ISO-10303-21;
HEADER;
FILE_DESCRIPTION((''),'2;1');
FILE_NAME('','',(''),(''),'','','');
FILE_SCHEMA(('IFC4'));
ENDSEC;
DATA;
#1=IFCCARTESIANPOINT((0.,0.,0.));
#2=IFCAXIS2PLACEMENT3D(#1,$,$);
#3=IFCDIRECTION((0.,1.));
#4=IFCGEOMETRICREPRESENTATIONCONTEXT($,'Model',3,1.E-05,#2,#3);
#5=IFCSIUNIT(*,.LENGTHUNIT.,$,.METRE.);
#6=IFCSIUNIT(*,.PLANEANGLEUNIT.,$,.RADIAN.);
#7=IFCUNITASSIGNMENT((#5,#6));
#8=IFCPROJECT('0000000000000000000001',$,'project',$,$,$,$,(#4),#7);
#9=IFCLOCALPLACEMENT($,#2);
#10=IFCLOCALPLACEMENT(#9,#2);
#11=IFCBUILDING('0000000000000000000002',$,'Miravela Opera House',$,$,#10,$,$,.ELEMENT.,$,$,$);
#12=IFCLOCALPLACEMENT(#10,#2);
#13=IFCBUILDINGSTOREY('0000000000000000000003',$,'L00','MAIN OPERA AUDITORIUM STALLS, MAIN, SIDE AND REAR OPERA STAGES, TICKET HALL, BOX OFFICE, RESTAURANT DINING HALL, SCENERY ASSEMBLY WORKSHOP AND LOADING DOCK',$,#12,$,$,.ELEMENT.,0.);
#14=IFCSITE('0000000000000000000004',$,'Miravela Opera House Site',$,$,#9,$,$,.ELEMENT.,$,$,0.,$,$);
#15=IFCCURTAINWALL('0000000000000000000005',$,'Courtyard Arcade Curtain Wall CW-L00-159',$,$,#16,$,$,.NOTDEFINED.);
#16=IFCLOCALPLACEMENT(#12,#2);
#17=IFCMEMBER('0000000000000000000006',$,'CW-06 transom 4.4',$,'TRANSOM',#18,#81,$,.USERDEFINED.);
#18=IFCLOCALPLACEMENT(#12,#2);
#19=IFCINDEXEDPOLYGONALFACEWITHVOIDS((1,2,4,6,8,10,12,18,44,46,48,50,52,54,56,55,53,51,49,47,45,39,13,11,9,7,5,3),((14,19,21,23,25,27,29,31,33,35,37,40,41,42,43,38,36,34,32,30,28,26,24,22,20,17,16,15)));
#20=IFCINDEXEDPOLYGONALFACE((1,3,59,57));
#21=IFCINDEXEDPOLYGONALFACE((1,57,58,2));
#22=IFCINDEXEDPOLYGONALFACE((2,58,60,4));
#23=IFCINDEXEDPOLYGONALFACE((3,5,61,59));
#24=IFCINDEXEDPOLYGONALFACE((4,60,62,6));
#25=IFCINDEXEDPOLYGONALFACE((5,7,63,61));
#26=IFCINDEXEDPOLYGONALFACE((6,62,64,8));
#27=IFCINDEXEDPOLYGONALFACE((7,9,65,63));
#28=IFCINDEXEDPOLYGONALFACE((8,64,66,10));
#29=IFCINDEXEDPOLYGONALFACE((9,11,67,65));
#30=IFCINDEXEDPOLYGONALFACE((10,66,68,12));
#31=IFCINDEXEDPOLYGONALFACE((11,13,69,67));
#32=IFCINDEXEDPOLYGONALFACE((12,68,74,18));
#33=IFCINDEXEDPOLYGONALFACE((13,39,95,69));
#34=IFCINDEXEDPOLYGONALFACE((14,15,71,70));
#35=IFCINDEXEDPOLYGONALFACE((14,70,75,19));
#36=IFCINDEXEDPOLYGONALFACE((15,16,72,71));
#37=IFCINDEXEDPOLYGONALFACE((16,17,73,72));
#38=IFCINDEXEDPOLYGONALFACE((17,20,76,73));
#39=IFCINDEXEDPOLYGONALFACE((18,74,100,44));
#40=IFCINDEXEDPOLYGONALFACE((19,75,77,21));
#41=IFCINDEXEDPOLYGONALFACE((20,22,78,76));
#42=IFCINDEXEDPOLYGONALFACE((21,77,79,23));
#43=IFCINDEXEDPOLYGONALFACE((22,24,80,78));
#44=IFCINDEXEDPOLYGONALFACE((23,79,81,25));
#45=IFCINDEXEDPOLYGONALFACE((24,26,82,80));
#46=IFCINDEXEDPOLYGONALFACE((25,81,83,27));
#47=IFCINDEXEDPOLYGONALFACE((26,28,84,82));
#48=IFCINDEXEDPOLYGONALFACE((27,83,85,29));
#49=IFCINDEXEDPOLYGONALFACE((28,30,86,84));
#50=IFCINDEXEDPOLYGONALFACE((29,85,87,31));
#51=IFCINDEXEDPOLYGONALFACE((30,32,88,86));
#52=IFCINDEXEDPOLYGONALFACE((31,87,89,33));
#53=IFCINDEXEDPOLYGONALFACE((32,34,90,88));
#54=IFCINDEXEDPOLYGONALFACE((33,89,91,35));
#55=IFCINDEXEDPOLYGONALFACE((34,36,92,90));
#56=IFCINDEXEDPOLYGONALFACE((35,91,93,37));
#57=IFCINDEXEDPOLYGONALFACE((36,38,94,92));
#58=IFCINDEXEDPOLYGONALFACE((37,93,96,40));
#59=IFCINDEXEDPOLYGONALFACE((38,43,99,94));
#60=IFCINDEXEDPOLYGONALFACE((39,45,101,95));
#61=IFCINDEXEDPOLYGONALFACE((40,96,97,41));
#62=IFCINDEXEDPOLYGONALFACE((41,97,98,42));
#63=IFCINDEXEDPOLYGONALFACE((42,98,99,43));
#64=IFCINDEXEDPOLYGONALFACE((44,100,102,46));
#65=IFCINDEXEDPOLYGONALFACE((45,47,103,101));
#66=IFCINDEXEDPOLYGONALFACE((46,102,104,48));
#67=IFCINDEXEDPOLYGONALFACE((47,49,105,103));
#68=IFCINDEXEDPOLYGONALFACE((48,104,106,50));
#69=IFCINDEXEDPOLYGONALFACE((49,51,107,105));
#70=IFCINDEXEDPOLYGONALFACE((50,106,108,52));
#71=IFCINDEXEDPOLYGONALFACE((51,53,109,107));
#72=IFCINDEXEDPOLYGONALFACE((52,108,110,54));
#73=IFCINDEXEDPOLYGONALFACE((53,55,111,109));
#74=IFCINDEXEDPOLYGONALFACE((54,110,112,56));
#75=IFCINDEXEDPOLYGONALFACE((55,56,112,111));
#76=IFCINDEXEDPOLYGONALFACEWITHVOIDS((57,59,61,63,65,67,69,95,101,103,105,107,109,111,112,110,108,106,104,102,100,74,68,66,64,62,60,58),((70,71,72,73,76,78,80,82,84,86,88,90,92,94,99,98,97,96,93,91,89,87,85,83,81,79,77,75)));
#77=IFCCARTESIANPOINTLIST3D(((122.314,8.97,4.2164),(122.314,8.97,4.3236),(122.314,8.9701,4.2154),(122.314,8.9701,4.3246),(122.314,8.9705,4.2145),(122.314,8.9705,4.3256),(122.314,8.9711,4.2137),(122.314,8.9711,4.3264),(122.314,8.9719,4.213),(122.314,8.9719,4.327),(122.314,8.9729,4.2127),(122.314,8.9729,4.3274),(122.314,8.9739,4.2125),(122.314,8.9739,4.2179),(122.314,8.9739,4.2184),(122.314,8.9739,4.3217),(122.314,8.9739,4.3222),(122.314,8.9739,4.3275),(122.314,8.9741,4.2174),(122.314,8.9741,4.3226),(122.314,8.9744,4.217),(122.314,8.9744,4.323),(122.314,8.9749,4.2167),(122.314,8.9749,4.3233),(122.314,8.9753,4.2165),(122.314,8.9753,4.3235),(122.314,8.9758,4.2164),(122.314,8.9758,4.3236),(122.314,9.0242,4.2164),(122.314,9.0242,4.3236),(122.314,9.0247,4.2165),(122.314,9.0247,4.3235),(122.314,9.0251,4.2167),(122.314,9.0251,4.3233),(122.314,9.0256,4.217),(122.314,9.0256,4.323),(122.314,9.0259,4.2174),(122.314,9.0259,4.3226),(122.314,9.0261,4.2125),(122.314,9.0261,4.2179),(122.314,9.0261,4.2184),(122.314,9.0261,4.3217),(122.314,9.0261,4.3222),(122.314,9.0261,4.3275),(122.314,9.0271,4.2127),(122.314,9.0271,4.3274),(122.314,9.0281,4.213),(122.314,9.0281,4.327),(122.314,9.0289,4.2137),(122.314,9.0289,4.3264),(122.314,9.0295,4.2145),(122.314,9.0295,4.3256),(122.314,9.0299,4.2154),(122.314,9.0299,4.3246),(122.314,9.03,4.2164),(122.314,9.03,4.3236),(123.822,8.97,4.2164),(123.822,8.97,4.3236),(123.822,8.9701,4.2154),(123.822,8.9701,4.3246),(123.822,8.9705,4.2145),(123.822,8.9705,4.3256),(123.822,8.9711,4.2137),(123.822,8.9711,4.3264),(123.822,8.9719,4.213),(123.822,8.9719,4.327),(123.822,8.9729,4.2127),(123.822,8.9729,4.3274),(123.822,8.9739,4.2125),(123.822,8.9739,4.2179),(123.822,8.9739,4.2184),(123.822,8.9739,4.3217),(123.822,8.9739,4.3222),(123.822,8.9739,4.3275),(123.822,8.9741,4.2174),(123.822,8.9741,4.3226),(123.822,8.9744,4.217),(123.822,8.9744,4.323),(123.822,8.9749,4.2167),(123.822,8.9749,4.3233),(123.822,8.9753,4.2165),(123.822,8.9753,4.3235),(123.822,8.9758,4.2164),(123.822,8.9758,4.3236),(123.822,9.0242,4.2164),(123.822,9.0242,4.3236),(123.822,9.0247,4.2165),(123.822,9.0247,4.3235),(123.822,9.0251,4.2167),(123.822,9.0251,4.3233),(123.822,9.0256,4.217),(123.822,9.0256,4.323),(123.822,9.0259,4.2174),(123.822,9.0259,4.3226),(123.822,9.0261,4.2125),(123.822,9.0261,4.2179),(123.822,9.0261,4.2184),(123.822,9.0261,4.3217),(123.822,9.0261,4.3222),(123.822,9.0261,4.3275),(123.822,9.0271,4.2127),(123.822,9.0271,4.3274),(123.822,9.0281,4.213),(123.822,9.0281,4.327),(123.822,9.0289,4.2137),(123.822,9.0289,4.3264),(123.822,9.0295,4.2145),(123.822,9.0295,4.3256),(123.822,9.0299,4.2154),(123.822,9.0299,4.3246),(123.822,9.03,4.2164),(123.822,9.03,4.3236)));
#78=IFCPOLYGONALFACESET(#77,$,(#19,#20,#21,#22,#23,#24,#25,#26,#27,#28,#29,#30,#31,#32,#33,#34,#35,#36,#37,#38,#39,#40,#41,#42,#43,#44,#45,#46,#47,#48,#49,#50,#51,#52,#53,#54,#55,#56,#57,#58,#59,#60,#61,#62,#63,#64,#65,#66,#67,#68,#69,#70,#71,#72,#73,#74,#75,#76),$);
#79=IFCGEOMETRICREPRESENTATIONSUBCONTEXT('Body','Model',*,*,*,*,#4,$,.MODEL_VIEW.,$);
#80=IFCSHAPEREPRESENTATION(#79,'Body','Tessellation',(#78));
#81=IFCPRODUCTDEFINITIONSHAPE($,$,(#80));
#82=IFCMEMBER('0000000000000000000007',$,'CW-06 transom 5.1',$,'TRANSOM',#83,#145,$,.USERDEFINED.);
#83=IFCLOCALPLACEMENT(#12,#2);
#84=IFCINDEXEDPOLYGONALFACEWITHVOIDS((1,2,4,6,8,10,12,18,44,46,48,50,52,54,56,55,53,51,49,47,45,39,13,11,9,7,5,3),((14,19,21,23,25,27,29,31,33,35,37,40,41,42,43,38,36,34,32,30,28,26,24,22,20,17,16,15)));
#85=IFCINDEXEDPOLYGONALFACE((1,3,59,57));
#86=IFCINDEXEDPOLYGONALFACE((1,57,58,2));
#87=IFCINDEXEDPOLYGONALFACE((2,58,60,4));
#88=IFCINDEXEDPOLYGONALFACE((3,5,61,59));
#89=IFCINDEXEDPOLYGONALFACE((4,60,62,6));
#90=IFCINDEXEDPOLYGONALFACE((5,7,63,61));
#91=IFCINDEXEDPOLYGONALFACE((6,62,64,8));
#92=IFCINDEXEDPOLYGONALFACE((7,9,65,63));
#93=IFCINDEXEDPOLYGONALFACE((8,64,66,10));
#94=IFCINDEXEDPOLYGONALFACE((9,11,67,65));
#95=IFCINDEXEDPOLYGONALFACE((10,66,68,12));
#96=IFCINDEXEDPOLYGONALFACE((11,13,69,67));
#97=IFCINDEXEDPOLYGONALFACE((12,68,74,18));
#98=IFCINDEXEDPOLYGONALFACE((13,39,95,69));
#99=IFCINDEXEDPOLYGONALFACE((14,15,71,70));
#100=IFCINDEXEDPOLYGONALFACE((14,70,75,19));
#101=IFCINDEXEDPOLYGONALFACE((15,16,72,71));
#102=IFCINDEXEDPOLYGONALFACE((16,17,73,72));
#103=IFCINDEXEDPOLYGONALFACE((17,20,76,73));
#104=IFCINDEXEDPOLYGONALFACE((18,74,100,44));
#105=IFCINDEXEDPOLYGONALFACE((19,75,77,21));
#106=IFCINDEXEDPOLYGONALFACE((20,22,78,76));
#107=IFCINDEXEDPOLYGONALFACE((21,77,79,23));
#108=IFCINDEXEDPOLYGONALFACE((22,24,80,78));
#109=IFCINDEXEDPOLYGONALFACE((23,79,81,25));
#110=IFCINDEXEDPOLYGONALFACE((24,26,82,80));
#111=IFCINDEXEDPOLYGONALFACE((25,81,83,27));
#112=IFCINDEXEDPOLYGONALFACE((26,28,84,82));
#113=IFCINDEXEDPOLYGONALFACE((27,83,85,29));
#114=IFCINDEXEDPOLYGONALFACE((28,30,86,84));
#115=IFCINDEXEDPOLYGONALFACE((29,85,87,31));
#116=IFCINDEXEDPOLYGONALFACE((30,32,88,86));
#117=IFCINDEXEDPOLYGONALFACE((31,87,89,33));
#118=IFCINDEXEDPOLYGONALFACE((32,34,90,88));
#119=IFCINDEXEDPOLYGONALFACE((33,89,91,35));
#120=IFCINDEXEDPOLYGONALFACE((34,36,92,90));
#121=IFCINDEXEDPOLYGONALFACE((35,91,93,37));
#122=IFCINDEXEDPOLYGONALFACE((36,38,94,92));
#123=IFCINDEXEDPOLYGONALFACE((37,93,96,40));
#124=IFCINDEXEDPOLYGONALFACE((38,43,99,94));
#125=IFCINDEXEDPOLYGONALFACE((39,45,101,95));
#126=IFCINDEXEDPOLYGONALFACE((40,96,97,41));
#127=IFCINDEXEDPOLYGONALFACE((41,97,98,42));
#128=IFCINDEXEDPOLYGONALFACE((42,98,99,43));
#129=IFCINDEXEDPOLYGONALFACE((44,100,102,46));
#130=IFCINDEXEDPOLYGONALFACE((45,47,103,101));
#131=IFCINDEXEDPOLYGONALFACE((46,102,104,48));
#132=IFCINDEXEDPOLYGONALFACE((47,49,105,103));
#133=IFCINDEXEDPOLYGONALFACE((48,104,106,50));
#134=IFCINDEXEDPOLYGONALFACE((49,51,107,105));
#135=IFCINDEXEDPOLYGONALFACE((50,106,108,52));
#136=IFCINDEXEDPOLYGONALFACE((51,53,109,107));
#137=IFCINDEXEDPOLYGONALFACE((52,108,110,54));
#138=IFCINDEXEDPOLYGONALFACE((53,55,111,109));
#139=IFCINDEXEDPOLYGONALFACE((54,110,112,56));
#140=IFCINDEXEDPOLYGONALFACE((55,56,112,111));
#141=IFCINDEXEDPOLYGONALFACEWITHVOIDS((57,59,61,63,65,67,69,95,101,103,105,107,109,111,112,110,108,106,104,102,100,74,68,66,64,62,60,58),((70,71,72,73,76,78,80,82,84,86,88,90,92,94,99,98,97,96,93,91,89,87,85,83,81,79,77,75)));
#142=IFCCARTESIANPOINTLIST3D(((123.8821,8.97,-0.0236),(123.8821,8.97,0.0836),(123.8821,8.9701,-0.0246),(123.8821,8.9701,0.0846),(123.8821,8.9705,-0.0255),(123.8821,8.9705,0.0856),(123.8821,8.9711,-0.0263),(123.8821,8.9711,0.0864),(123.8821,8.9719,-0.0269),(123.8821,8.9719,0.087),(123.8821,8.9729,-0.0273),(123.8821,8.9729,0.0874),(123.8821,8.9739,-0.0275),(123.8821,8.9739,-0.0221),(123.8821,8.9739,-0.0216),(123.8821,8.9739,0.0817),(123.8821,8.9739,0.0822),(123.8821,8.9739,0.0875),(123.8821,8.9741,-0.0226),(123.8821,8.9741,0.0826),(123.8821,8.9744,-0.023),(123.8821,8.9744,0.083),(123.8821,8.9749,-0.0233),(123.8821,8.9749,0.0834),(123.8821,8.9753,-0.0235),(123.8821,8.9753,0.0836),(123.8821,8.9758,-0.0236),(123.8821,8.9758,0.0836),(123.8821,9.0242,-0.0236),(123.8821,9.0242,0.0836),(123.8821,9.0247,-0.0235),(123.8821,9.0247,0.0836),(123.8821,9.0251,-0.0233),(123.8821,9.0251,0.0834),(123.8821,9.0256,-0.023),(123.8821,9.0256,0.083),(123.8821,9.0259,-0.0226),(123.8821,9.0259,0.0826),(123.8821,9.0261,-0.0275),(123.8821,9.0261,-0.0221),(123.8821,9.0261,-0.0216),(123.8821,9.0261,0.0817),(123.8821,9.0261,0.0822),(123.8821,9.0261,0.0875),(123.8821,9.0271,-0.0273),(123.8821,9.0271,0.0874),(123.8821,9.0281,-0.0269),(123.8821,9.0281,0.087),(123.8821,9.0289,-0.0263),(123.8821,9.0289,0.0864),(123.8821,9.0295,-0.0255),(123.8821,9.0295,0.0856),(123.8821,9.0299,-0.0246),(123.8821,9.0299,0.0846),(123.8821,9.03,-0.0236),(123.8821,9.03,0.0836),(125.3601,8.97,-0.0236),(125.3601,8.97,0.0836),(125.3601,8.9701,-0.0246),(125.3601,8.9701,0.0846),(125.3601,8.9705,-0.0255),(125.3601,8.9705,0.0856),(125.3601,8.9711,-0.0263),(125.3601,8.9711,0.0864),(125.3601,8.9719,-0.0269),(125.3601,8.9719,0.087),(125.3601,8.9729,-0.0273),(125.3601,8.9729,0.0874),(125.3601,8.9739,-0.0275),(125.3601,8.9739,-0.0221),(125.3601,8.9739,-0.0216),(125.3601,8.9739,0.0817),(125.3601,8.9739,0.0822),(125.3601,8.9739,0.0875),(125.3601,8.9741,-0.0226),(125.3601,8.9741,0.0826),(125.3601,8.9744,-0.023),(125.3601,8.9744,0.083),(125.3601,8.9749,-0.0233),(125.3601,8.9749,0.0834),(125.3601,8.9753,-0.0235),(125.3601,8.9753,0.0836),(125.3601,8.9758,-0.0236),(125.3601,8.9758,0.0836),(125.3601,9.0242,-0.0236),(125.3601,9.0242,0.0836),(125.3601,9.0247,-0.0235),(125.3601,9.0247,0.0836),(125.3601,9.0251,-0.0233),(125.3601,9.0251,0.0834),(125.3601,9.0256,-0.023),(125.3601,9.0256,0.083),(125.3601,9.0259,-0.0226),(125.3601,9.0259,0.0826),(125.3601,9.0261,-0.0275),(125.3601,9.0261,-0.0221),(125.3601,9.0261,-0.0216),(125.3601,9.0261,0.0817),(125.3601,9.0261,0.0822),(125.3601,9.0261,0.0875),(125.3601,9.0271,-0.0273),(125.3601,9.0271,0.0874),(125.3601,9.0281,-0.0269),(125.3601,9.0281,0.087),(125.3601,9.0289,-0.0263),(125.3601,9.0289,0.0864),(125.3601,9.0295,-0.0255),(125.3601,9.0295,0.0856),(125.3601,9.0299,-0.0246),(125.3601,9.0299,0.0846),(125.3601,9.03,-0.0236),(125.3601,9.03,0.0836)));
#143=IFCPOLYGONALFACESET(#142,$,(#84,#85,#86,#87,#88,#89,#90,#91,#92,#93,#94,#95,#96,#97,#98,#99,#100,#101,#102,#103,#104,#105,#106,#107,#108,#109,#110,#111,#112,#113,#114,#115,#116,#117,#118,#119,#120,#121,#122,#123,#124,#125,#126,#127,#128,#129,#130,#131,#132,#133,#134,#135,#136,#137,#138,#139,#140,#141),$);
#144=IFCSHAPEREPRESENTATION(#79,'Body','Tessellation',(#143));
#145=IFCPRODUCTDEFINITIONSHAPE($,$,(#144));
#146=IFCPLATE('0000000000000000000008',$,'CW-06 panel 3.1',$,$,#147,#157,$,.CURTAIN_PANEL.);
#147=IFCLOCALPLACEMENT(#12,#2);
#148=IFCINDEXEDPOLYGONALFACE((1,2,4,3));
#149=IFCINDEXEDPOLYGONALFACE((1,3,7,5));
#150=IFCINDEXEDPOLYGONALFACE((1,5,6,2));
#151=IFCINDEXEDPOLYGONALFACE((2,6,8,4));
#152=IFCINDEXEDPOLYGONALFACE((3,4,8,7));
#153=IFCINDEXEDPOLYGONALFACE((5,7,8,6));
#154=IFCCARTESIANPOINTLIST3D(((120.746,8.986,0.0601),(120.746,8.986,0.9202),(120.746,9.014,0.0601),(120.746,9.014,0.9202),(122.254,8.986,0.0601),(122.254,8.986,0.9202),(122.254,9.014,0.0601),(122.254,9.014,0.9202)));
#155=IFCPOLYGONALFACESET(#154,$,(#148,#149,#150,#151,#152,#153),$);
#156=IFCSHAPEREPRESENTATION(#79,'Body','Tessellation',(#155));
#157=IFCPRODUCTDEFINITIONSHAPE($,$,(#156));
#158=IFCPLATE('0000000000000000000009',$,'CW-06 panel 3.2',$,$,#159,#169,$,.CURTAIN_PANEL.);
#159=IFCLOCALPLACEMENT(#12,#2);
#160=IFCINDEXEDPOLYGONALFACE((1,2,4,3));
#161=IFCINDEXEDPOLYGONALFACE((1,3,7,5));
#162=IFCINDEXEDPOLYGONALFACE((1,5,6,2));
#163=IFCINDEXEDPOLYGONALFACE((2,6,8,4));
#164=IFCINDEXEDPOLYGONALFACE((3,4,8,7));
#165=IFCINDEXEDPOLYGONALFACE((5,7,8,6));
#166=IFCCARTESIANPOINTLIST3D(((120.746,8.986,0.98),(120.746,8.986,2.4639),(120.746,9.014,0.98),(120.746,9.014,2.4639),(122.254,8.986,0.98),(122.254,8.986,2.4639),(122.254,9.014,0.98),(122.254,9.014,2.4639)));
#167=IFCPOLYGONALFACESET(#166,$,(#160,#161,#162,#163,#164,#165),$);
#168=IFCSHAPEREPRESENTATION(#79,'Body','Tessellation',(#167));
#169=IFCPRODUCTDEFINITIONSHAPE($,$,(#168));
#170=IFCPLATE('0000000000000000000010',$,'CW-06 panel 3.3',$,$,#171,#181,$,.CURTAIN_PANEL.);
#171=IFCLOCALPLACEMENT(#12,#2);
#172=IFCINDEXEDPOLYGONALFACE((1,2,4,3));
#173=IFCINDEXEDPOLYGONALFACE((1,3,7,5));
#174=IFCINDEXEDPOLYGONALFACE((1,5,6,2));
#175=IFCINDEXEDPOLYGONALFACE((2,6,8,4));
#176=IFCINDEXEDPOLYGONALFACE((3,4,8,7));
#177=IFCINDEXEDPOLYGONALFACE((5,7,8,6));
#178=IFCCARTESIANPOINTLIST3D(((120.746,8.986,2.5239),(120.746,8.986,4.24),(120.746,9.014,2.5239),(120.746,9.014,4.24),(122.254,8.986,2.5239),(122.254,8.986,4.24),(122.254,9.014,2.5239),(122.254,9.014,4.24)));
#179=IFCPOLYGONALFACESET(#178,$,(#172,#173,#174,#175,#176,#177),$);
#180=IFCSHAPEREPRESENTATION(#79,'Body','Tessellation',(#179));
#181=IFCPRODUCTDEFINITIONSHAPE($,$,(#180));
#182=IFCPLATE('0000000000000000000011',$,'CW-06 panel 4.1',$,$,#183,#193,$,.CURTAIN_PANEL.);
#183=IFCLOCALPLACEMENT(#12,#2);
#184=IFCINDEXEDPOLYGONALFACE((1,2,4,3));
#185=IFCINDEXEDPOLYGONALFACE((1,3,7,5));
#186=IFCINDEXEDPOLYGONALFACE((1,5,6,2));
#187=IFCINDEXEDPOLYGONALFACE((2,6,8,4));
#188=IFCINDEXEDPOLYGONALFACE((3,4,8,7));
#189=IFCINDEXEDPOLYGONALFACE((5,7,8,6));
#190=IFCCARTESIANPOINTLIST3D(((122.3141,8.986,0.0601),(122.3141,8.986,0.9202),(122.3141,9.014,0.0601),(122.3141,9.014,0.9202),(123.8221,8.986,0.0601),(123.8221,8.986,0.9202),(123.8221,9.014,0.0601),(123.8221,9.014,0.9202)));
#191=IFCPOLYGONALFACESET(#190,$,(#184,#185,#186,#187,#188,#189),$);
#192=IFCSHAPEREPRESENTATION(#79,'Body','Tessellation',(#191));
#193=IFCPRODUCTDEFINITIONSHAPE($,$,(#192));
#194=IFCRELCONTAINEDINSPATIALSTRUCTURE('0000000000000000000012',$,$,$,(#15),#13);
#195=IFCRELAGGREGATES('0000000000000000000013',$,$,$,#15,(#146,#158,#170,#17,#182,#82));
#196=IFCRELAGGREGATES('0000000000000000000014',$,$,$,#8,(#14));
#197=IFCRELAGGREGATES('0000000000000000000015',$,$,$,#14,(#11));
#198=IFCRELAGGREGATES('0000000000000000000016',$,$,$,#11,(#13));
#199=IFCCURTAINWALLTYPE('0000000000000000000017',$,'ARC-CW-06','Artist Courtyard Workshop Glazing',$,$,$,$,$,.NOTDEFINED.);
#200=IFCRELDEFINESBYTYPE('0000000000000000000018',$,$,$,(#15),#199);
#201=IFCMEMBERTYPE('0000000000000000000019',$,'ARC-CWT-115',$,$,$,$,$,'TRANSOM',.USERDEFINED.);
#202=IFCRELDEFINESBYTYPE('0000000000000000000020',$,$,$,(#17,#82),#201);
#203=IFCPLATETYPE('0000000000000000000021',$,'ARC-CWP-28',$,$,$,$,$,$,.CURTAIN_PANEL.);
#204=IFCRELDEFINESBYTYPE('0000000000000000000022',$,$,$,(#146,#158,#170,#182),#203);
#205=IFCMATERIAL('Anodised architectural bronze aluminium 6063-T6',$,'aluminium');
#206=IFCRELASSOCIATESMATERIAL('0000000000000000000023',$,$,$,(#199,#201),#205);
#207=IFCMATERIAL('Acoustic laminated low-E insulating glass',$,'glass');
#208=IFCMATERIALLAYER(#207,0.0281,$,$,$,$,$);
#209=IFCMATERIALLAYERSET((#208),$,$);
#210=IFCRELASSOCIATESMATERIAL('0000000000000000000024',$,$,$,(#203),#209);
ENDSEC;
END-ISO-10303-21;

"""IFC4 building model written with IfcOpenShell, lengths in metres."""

from ifc_helpers import new_model, si_unit, direction, frame, origin, origin_2d, place, context, subcontext, project, spatial, rectangle, hollow_rectangle, extrude, material, layer, layer_set, material_profile, profile_set, type_object, element, aggregate, save


model = new_model("IFC4")

# Units and contexts
model_context = context("Model", 3, precision=1e-05, world=origin(), true_north=direction((0.0, 1.0)))
body_context = subcontext(model_context, "Body", "Model", "MODEL_VIEW")
ifc_project = project(units=[si_unit("LENGTHUNIT", "METRE"), si_unit("PLANEANGLEUNIT", "RADIAN")], contexts=[model_context])

# Site, building, storey
site_placement = place(None, origin())
site = spatial("IfcSite", under=ifc_project, at=site_placement, Name="Miravela Opera House Site", CompositionType="ELEMENT", RefElevation=0.0)
building_placement = place(site_placement, origin())
building = spatial("IfcBuilding", under=site, at=building_placement, Name="Miravela Opera House", CompositionType="ELEMENT")
storey_placement = place(building_placement, origin())
storey = spatial("IfcBuildingStorey", under=building, at=storey_placement, Name="L00", Description="MAIN OPERA AUDITORIUM STALLS, MAIN, SIDE AND REAR OPERA STAGES, TICKET HALL, BOX OFFICE, RESTAURANT DINING HALL, SCENERY ASSEMBLY WORKSHOP AND LOADING DOCK", CompositionType="ELEMENT", Elevation=0.0)

# Curtain wall, members, plates
ifc_material_1 = material(Name="Anodised architectural bronze aluminium 6063-T6", Category="aluminium")
curtain_wall_type = type_object("IfcCurtainWallType", Name="ARC-CW-06", Description="Artist Courtyard Workshop Glazing", PredefinedType="NOTDEFINED", material=ifc_material_1)
curtain_wall_placement = place(storey_placement, origin())
curtain_wall = element("IfcCurtainWall", 1, at=curtain_wall_placement, inside=storey, type_object=curtain_wall_type, Name="Courtyard Arcade Curtain Wall CW-L00-159", PredefinedType="NOTDEFINED")
ifc_material_profile_1 = material_profile(ifc_material_1, hollow_rectangle(XDim=0.0601, YDim=0.115, WallThickness=0.0039, InnerFilletRadius=0.002, OuterFilletRadius=0.0039, at=origin_2d()), Name="CWT-60X115")
ifc_profile_set_1 = profile_set([ifc_material_profile_1])
member_type_1 = type_object("IfcMemberType", Name="ARC-CWT-115", ElementType="TRANSOM", PredefinedType="USERDEFINED", material=ifc_profile_set_1)
member_1_placement = place(storey_placement, frame((122.314, 9.0, 4.27), z_axis=(1.0, 0.0, 0.0), x_axis=(0.0, 1.0, 0.0)))
member_1 = element("IfcMember", 2, at=member_1_placement, type_object=member_type_1, Name="CW-06 transom 4.4", ObjectType="TRANSOM", PredefinedType="USERDEFINED", context=body_context, shape_type="SweptSolid", body=[
    extrude(hollow_rectangle(XDim=0.0601, YDim=0.115, WallThickness=0.0039, InnerFilletRadius=0.002, OuterFilletRadius=0.0039, at=origin_2d()), origin(), (0.0, 0.0, 1.0), 1.5081),
])
member_2_placement = place(storey_placement, frame((123.8821, 9.0, 0.03), z_axis=(1.0, 0.0, 0.0), x_axis=(0.0, 1.0, 0.0)))
member_2 = element("IfcMember", 3, at=member_2_placement, type_object=member_type_1, Name="CW-06 transom 5.1", ObjectType="TRANSOM", PredefinedType="USERDEFINED", context=body_context, shape_type="SweptSolid", body=[
    extrude(hollow_rectangle(XDim=0.0601, YDim=0.115, WallThickness=0.0039, InnerFilletRadius=0.002, OuterFilletRadius=0.0039, at=origin_2d()), origin(), (0.0, 0.0, 1.0), 1.478),
])
ifc_material_2 = material(Name="Acoustic laminated low-E insulating glass", Category="glass")
ifc_layer = layer(ifc_material_2, 0.0281)
ifc_layer_set = layer_set([ifc_layer])
plate_type = type_object("IfcPlateType", Name="ARC-CWP-28", PredefinedType="CURTAIN_PANEL", material=ifc_layer_set)
plate_1_placement = place(storey_placement, frame((121.5, 9.0, 0.0601), z_axis=(0.0, 0.0, 1.0), x_axis=(1.0, 0.0, 0.0)))
plate_1 = element("IfcPlate", 4, at=plate_1_placement, type_object=plate_type, Name="CW-06 panel 3.1", PredefinedType="CURTAIN_PANEL", context=body_context, shape_type="SweptSolid", body=[
    extrude(rectangle(XDim=1.5081, YDim=0.0281, at=origin_2d()), origin(), (0.0, 0.0, 1.0), 0.8601),
])
plate_2_placement = place(storey_placement, frame((121.5, 9.0, 0.98), z_axis=(0.0, 0.0, 1.0), x_axis=(1.0, 0.0, 0.0)))
plate_2 = element("IfcPlate", 5, at=plate_2_placement, type_object=plate_type, Name="CW-06 panel 3.2", PredefinedType="CURTAIN_PANEL", context=body_context, shape_type="SweptSolid", body=[
    extrude(rectangle(XDim=1.5081, YDim=0.0281, at=origin_2d()), origin(), (0.0, 0.0, 1.0), 1.4839),
])
plate_3_placement = place(storey_placement, frame((121.5, 9.0, 2.5239), z_axis=(0.0, 0.0, 1.0), x_axis=(1.0, 0.0, 0.0)))
plate_3 = element("IfcPlate", 6, at=plate_3_placement, type_object=plate_type, Name="CW-06 panel 3.3", PredefinedType="CURTAIN_PANEL", context=body_context, shape_type="SweptSolid", body=[
    extrude(rectangle(XDim=1.5081, YDim=0.0281, at=origin_2d()), origin(), (0.0, 0.0, 1.0), 1.7161),
])
plate_4_placement = place(storey_placement, frame((123.0681, 9.0, 0.0601), z_axis=(0.0, 0.0, 1.0), x_axis=(1.0, 0.0, 0.0)))
plate_4 = element("IfcPlate", 7, at=plate_4_placement, type_object=plate_type, Name="CW-06 panel 4.1", PredefinedType="CURTAIN_PANEL", context=body_context, shape_type="SweptSolid", body=[
    extrude(rectangle(XDim=1.5081, YDim=0.0281, at=origin_2d()), origin(), (0.0, 0.0, 1.0), 0.8601),
])
aggregate(curtain_wall, [plate_1, plate_2, plate_3, member_1, plate_4, member_2])

save(model, "model.ifc")
